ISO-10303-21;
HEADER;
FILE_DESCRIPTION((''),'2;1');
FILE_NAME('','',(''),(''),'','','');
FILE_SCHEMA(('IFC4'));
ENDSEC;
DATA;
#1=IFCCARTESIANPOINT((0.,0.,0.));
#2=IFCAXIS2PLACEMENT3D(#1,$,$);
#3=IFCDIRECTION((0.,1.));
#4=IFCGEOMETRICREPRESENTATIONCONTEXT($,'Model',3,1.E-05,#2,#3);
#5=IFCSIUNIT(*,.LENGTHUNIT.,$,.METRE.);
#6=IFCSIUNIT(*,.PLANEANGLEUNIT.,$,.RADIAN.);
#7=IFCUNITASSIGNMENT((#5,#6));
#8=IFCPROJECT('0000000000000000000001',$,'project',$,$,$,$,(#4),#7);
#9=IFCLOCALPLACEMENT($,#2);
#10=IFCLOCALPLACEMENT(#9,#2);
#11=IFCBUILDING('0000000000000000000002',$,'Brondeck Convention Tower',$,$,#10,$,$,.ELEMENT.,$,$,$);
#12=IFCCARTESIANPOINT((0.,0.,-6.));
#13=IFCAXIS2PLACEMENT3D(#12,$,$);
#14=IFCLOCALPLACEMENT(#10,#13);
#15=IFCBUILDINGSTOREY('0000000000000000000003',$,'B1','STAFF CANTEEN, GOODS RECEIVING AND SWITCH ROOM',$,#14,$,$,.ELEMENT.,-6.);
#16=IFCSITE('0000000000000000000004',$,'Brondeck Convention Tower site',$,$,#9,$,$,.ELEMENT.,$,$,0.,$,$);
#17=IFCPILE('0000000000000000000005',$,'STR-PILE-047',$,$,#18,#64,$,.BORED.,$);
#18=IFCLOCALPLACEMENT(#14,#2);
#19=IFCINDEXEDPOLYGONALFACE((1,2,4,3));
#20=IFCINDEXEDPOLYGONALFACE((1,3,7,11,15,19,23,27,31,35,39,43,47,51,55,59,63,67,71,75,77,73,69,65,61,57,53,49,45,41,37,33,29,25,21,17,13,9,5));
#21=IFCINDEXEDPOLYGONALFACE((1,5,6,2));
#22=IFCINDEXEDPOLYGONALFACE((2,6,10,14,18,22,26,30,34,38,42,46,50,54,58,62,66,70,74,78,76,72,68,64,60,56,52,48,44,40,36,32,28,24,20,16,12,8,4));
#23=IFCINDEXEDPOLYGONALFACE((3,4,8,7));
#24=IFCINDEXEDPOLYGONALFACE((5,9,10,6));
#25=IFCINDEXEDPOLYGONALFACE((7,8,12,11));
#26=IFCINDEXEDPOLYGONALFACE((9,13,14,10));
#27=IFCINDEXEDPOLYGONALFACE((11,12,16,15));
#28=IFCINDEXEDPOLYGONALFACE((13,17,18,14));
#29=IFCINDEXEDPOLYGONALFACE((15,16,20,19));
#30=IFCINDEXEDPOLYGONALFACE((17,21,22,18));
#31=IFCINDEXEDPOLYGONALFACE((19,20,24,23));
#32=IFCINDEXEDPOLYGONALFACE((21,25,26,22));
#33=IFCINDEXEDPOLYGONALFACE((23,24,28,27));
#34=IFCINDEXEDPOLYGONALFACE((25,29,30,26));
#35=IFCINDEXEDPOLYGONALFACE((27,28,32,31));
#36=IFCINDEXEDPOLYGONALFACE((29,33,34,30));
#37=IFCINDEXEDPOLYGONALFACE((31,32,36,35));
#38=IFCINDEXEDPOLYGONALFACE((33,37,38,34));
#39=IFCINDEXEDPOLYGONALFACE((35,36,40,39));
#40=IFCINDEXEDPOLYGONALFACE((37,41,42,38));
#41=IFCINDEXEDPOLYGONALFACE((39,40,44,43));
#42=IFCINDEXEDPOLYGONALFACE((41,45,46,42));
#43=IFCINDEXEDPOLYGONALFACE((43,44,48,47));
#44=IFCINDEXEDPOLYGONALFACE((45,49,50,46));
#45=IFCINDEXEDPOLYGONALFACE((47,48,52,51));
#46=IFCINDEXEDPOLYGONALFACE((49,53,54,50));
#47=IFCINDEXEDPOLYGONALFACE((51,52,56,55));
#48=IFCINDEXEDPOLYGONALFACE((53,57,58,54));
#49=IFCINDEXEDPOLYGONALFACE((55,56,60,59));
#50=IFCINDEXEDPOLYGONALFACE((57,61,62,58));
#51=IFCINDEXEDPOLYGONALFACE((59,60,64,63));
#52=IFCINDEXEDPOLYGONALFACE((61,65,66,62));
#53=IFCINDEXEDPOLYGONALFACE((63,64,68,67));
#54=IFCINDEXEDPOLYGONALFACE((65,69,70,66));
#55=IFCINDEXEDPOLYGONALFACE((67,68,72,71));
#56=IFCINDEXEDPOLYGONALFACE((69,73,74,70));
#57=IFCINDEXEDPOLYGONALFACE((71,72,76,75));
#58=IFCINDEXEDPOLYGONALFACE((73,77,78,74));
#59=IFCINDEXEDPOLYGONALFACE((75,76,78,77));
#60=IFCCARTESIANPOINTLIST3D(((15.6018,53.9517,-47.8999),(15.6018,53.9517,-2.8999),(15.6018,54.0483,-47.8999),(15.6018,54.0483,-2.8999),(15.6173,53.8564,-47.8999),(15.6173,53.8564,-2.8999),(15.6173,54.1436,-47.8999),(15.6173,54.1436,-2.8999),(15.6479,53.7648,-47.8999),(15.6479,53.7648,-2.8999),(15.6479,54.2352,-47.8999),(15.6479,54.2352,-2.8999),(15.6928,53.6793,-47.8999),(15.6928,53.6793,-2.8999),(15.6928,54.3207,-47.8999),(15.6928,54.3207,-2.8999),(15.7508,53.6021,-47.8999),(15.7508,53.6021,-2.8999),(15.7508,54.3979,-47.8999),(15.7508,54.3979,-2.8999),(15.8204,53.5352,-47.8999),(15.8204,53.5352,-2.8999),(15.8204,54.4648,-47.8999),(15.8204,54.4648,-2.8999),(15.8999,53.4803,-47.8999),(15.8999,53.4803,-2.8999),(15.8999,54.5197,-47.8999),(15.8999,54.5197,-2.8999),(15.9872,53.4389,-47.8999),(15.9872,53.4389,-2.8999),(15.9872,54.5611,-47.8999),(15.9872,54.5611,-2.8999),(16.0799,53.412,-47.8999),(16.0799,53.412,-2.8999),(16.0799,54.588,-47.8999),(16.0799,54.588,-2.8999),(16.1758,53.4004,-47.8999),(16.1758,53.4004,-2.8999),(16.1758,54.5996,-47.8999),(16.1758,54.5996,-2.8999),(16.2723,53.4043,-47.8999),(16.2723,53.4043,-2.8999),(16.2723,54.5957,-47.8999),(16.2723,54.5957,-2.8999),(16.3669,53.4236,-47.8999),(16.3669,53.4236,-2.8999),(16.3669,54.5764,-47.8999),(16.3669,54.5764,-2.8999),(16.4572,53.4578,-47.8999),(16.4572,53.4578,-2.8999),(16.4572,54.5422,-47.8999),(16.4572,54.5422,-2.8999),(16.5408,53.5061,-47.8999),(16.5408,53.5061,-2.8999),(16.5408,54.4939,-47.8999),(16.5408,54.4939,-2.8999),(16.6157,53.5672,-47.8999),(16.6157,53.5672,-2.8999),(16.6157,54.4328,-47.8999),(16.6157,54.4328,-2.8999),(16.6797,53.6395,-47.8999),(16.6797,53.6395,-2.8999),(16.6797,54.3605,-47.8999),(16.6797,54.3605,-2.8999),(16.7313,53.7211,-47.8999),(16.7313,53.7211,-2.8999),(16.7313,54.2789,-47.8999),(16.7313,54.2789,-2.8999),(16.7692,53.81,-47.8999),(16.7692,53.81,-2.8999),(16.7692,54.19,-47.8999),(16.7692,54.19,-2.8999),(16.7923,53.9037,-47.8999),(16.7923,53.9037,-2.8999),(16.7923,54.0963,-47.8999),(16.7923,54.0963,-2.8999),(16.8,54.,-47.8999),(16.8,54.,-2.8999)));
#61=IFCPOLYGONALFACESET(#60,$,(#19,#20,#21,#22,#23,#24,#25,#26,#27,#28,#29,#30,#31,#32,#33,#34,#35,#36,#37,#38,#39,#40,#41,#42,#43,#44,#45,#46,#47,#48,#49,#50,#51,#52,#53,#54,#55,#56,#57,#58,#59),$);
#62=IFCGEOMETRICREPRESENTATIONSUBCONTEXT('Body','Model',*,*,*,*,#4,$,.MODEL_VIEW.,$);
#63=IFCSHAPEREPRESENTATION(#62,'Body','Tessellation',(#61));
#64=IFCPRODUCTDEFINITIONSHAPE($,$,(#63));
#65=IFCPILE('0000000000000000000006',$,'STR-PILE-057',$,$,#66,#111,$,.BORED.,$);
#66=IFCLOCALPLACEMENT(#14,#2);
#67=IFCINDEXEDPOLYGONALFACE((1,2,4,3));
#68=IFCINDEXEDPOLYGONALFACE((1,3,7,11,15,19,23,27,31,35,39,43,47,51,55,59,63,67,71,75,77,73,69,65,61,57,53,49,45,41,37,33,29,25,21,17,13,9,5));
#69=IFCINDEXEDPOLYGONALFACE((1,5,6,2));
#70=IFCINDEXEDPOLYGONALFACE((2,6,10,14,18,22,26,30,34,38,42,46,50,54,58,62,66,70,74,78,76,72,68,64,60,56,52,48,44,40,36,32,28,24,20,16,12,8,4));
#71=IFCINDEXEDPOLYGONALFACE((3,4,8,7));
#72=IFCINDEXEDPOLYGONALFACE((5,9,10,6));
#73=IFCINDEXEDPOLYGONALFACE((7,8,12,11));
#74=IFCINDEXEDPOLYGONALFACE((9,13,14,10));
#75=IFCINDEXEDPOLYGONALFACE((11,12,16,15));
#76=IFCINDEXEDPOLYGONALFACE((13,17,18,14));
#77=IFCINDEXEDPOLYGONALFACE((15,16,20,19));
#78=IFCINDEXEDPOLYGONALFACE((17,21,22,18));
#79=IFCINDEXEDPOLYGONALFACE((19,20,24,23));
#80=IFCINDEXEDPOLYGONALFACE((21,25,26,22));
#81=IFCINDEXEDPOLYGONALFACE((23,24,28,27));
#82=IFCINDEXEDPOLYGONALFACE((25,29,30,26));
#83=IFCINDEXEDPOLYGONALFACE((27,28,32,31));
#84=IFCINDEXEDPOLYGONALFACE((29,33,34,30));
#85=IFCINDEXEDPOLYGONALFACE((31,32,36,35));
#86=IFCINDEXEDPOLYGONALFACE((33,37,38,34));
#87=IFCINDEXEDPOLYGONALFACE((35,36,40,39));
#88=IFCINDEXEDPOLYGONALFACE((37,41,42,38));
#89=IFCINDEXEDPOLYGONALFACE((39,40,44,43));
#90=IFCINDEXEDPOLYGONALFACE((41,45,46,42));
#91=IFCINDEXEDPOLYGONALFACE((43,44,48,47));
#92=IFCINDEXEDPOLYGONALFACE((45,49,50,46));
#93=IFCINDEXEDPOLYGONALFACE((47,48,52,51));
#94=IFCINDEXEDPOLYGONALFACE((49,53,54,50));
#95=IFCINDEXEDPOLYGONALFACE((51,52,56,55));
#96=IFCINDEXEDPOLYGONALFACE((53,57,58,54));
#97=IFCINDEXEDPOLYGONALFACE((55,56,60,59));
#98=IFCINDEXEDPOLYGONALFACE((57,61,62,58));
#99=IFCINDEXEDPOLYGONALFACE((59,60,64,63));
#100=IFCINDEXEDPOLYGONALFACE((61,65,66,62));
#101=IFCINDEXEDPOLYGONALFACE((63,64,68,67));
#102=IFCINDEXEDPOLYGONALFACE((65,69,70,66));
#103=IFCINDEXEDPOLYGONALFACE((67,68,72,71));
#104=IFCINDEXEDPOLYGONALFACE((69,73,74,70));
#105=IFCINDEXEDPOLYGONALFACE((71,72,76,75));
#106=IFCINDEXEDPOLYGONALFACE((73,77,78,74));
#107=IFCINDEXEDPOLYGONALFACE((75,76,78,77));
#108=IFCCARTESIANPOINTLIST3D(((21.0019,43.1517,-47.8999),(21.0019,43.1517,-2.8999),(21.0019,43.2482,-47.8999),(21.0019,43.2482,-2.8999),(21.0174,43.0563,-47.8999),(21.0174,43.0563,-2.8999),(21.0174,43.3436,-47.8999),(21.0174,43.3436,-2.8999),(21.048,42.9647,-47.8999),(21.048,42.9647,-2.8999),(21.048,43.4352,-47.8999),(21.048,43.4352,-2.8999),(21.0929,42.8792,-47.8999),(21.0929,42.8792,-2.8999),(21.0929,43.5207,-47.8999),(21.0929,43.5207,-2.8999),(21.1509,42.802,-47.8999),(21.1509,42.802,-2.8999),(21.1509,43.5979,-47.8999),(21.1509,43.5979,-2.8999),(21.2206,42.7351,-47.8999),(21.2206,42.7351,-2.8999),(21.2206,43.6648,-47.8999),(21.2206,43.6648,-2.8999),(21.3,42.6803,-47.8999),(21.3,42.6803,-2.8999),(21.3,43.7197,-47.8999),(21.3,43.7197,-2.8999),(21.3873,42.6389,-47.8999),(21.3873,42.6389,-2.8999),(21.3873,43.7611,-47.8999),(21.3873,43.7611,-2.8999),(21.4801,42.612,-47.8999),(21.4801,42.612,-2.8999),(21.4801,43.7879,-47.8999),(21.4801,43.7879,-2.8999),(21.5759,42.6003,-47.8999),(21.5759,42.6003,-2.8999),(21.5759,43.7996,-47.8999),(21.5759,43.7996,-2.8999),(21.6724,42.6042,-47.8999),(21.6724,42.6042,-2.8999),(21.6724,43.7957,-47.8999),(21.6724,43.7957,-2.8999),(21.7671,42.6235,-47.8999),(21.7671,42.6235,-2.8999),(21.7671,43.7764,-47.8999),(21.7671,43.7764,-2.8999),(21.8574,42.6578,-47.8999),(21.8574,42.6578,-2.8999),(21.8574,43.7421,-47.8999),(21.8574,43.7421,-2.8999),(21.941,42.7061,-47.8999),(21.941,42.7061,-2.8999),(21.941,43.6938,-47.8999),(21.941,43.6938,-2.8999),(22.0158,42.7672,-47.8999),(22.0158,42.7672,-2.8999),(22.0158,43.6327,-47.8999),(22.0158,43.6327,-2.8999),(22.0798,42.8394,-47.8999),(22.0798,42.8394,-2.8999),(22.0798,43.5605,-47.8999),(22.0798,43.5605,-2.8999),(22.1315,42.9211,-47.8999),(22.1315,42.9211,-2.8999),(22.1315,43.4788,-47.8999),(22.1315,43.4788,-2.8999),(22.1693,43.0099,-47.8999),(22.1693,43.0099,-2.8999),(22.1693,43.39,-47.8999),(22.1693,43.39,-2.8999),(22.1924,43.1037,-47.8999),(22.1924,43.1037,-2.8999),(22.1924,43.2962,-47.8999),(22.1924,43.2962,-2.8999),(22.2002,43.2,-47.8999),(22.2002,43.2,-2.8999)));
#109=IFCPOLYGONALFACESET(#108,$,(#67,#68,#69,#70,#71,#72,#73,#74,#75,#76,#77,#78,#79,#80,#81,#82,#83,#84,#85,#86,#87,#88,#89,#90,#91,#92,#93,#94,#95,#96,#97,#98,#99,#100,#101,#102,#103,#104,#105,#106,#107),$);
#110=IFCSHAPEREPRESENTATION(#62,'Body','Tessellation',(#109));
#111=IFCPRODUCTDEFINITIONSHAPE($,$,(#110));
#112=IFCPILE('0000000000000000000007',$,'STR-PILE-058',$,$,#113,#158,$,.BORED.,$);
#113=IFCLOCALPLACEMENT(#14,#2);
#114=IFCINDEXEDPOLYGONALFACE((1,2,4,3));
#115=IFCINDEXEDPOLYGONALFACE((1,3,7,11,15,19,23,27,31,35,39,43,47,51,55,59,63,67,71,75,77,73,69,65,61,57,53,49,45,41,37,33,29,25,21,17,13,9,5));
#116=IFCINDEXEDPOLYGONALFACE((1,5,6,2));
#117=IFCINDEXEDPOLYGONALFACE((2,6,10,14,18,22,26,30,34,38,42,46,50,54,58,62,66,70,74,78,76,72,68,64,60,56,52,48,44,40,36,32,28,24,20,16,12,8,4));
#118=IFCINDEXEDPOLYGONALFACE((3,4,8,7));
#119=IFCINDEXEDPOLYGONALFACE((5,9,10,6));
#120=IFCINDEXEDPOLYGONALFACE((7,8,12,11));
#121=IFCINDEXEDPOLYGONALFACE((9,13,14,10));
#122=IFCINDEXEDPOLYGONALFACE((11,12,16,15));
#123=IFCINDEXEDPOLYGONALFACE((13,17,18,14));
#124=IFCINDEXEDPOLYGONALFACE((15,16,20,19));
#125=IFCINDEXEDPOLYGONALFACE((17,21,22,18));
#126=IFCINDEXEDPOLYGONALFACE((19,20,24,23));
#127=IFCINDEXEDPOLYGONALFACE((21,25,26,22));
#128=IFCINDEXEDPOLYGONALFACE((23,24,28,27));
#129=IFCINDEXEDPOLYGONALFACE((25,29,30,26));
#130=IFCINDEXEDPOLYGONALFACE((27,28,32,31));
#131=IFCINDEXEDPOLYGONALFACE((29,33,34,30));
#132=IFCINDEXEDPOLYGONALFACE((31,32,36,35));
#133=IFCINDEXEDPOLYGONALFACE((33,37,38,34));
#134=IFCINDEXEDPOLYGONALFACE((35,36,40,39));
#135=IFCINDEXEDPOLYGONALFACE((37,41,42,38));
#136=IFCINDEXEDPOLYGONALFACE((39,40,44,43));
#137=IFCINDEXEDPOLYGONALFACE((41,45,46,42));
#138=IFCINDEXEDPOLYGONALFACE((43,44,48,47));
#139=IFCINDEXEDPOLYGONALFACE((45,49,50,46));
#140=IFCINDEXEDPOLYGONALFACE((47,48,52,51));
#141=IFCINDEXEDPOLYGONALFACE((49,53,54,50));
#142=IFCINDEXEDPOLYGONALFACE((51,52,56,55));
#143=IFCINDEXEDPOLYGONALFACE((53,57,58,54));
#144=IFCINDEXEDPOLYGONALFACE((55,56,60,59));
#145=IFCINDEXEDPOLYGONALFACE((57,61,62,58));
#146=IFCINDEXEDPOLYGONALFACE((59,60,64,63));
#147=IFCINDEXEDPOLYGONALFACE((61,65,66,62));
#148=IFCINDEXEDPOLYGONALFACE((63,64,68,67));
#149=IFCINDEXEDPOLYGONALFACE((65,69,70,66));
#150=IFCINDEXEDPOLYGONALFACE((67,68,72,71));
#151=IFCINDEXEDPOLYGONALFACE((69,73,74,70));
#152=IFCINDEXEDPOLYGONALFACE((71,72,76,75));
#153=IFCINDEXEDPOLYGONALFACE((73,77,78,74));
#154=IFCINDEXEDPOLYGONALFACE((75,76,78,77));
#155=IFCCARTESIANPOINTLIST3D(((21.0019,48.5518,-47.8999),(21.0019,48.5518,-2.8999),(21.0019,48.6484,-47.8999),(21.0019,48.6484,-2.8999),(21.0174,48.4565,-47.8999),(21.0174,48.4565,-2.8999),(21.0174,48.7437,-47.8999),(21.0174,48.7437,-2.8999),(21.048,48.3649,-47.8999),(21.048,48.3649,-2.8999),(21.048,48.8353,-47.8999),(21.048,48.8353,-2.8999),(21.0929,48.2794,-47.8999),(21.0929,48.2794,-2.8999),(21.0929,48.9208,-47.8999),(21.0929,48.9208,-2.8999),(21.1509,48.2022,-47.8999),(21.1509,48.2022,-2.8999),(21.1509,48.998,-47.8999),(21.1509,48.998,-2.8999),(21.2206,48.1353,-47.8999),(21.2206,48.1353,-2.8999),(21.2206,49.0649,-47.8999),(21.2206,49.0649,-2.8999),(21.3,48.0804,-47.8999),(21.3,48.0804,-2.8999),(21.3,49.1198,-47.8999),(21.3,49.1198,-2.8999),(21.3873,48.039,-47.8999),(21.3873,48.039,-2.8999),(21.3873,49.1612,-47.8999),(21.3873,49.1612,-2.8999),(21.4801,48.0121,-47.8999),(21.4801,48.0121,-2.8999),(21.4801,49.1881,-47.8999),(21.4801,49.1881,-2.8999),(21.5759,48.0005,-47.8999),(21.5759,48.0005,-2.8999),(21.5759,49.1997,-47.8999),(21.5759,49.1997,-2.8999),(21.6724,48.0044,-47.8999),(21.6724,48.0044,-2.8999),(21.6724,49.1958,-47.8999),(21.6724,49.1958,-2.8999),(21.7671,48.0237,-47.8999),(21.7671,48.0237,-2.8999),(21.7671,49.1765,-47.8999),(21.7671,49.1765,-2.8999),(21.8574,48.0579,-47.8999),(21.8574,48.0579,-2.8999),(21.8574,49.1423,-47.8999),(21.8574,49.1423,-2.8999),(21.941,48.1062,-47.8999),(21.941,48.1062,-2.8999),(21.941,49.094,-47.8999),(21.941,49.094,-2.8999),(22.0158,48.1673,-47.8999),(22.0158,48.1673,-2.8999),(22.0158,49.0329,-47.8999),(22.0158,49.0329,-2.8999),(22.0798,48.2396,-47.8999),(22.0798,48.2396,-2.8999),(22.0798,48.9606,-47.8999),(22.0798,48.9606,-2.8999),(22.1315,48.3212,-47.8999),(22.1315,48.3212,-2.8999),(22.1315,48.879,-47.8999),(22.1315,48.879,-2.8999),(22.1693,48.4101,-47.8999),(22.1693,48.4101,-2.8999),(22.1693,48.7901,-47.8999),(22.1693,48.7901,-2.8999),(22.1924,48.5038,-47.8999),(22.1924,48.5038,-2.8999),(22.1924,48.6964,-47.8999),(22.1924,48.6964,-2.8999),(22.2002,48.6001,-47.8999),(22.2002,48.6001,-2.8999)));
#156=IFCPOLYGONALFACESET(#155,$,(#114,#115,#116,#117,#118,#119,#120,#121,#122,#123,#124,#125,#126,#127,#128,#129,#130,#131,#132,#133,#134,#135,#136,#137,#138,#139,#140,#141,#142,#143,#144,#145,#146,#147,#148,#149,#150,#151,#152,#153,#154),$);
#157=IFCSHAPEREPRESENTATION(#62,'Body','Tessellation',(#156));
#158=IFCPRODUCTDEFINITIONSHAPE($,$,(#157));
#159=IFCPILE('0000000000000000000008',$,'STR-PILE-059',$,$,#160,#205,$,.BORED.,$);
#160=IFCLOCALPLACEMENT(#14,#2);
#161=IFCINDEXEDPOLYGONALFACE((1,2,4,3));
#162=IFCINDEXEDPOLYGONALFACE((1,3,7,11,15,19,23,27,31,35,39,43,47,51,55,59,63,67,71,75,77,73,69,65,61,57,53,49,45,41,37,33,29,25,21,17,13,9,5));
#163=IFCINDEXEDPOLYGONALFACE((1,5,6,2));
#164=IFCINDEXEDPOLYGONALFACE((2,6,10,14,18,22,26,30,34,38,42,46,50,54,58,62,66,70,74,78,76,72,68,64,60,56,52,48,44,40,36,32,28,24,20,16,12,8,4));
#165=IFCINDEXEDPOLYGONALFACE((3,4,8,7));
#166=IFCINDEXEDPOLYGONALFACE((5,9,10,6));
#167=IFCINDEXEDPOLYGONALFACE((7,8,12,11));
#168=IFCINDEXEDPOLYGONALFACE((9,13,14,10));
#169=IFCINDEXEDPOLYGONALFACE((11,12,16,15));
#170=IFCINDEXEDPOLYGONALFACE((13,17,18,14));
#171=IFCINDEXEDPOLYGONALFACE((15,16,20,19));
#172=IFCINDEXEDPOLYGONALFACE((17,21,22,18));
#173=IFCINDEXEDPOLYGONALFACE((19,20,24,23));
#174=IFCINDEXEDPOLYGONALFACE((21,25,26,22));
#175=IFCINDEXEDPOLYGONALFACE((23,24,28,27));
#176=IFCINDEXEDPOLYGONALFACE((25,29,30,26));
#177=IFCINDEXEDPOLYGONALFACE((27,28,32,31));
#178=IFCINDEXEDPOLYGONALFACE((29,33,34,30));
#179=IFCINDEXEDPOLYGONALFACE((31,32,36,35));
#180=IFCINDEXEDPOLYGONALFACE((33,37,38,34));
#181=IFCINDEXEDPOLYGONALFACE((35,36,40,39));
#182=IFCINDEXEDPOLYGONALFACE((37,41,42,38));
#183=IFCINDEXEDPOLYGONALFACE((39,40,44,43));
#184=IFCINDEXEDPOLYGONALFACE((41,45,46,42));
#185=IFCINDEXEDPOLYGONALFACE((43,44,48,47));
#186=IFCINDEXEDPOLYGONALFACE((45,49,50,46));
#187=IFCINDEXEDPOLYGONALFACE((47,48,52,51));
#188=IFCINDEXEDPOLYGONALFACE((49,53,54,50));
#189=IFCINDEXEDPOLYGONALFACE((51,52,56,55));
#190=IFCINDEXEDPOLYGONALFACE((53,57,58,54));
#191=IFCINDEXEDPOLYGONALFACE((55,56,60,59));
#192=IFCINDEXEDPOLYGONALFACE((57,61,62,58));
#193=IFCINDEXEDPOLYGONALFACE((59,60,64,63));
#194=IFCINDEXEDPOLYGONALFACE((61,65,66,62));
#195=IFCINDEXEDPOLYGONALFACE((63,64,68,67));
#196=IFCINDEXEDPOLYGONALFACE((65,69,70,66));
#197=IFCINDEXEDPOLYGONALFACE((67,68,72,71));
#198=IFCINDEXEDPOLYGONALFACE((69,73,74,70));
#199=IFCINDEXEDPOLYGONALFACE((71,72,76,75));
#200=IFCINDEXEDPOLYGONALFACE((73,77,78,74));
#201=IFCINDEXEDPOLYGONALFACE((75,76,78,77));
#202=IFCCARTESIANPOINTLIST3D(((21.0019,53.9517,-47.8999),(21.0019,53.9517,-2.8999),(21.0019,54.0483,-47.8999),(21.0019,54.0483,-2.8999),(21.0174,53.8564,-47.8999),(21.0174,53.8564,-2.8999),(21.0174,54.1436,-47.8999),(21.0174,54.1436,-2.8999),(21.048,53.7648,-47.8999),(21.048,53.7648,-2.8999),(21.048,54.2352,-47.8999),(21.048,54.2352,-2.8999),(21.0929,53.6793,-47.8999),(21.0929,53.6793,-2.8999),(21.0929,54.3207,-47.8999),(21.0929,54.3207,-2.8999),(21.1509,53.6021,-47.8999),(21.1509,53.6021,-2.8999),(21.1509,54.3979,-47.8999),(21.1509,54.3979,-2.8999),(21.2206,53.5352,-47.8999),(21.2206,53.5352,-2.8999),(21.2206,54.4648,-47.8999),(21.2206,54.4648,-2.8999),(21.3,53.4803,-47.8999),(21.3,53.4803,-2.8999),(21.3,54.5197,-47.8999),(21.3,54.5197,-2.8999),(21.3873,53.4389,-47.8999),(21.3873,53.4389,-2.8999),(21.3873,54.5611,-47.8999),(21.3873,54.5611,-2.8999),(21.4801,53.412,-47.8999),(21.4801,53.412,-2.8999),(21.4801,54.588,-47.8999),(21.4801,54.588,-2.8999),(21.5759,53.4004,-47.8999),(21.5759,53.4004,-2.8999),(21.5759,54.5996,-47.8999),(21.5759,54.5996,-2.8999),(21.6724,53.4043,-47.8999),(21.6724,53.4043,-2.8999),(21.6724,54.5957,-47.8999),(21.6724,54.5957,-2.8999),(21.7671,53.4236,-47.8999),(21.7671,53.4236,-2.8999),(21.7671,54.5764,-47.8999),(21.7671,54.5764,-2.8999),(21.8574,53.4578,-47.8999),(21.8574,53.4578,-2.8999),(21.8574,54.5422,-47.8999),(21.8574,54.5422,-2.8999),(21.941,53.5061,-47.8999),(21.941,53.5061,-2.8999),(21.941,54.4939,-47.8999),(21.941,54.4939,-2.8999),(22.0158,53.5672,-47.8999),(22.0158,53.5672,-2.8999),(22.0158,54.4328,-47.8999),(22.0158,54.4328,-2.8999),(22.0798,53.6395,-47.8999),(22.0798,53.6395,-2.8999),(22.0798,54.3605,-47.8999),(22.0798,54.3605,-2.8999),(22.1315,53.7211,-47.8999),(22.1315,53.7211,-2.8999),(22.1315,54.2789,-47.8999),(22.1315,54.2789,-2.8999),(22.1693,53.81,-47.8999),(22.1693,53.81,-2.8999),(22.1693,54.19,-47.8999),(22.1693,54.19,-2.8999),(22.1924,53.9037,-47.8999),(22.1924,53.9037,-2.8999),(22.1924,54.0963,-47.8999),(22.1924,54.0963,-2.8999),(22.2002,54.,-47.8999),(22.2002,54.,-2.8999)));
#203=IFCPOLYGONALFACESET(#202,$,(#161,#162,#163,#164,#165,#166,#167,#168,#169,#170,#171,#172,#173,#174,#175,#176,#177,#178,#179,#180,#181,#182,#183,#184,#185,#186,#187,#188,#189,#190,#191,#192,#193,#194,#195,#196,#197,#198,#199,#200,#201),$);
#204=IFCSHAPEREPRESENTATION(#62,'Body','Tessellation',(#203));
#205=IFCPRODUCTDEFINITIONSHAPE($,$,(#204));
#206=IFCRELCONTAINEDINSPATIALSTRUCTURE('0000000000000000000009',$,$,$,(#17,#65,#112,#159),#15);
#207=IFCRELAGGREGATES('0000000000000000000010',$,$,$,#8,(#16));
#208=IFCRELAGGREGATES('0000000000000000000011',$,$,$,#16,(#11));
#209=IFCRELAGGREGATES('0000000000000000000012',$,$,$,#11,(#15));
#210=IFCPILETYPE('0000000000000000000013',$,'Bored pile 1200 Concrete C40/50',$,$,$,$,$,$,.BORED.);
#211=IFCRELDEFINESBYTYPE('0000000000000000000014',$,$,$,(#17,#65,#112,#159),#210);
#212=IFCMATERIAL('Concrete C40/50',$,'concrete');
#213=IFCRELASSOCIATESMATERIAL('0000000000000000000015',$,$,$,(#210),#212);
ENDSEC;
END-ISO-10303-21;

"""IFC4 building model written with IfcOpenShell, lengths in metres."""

from ifc_helpers import new_model, si_unit, direction, frame, origin, origin_2d, place, context, subcontext, project, spatial, circle, extrude, material, material_profile, profile_set, type_object, element, save


model = new_model("IFC4")

# Units and contexts
model_context = context("Model", 3, precision=1e-05, world=origin(), true_north=direction((0.0, 1.0)))
body_context = subcontext(model_context, "Body", "Model", "MODEL_VIEW")
ifc_project = project(units=[si_unit("LENGTHUNIT", "METRE"), si_unit("PLANEANGLEUNIT", "RADIAN")], contexts=[model_context])

# Site, building, storey
site_placement = place(None, origin())
site = spatial("IfcSite", under=ifc_project, at=site_placement, Name="Brondeck Convention Tower site", CompositionType="ELEMENT", RefElevation=0.0)
building_placement = place(site_placement, origin())
building = spatial("IfcBuilding", under=site, at=building_placement, Name="Brondeck Convention Tower", CompositionType="ELEMENT")
storey_placement = place(building_placement, frame((0.0, 0.0, -6.0)))
storey = spatial("IfcBuildingStorey", under=building, at=storey_placement, Name="B1", Description="STAFF CANTEEN, GOODS RECEIVING AND SWITCH ROOM", CompositionType="ELEMENT", Elevation=-6.0)

# Piles
ifc_material_1 = material(Name="Concrete C40/50", Category="concrete")
ifc_material_profile = material_profile(ifc_material_1, circle(Radius=0.6001, at=origin_2d()), Name="Bored pile 1200 Concrete C40/50")
ifc_profile_set = profile_set([ifc_material_profile], Name="Concrete C40/50")
pile_type = type_object("IfcPileType", Name="Bored pile 1200 Concrete C40/50", PredefinedType="BORED", material=ifc_profile_set)
for number, where, z_axis, x_axis, name in (
    (1, (16.2, 54.0, -2.8999), (0.0, 0.0, -1.0), (1.0, 0.0, 0.0), "STR-PILE-047"),
    (2, (21.6001, 43.2, -2.8999), (0.0, 0.0, -1.0), (1.0, 0.0, 0.0), "STR-PILE-057"),
    (3, (21.6001, 48.6001, -2.8999), (0.0, 0.0, -1.0), (1.0, 0.0, 0.0), "STR-PILE-058"),
    (4, (21.6001, 54.0, -2.8999), (0.0, 0.0, -1.0), (1.0, 0.0, 0.0), "STR-PILE-059"),
):
    element("IfcPile", number, at=place(storey_placement, frame(where, z_axis=z_axis, x_axis=x_axis)), inside=storey, type_object=pile_type, Name=name, PredefinedType="BORED", context=body_context, shape_type="SweptSolid", body=[
        extrude(circle(Radius=0.6001, at=origin_2d()), origin(), (0.0, 0.0, 1.0), 45.0),
    ])

save(model, "model.ifc")
